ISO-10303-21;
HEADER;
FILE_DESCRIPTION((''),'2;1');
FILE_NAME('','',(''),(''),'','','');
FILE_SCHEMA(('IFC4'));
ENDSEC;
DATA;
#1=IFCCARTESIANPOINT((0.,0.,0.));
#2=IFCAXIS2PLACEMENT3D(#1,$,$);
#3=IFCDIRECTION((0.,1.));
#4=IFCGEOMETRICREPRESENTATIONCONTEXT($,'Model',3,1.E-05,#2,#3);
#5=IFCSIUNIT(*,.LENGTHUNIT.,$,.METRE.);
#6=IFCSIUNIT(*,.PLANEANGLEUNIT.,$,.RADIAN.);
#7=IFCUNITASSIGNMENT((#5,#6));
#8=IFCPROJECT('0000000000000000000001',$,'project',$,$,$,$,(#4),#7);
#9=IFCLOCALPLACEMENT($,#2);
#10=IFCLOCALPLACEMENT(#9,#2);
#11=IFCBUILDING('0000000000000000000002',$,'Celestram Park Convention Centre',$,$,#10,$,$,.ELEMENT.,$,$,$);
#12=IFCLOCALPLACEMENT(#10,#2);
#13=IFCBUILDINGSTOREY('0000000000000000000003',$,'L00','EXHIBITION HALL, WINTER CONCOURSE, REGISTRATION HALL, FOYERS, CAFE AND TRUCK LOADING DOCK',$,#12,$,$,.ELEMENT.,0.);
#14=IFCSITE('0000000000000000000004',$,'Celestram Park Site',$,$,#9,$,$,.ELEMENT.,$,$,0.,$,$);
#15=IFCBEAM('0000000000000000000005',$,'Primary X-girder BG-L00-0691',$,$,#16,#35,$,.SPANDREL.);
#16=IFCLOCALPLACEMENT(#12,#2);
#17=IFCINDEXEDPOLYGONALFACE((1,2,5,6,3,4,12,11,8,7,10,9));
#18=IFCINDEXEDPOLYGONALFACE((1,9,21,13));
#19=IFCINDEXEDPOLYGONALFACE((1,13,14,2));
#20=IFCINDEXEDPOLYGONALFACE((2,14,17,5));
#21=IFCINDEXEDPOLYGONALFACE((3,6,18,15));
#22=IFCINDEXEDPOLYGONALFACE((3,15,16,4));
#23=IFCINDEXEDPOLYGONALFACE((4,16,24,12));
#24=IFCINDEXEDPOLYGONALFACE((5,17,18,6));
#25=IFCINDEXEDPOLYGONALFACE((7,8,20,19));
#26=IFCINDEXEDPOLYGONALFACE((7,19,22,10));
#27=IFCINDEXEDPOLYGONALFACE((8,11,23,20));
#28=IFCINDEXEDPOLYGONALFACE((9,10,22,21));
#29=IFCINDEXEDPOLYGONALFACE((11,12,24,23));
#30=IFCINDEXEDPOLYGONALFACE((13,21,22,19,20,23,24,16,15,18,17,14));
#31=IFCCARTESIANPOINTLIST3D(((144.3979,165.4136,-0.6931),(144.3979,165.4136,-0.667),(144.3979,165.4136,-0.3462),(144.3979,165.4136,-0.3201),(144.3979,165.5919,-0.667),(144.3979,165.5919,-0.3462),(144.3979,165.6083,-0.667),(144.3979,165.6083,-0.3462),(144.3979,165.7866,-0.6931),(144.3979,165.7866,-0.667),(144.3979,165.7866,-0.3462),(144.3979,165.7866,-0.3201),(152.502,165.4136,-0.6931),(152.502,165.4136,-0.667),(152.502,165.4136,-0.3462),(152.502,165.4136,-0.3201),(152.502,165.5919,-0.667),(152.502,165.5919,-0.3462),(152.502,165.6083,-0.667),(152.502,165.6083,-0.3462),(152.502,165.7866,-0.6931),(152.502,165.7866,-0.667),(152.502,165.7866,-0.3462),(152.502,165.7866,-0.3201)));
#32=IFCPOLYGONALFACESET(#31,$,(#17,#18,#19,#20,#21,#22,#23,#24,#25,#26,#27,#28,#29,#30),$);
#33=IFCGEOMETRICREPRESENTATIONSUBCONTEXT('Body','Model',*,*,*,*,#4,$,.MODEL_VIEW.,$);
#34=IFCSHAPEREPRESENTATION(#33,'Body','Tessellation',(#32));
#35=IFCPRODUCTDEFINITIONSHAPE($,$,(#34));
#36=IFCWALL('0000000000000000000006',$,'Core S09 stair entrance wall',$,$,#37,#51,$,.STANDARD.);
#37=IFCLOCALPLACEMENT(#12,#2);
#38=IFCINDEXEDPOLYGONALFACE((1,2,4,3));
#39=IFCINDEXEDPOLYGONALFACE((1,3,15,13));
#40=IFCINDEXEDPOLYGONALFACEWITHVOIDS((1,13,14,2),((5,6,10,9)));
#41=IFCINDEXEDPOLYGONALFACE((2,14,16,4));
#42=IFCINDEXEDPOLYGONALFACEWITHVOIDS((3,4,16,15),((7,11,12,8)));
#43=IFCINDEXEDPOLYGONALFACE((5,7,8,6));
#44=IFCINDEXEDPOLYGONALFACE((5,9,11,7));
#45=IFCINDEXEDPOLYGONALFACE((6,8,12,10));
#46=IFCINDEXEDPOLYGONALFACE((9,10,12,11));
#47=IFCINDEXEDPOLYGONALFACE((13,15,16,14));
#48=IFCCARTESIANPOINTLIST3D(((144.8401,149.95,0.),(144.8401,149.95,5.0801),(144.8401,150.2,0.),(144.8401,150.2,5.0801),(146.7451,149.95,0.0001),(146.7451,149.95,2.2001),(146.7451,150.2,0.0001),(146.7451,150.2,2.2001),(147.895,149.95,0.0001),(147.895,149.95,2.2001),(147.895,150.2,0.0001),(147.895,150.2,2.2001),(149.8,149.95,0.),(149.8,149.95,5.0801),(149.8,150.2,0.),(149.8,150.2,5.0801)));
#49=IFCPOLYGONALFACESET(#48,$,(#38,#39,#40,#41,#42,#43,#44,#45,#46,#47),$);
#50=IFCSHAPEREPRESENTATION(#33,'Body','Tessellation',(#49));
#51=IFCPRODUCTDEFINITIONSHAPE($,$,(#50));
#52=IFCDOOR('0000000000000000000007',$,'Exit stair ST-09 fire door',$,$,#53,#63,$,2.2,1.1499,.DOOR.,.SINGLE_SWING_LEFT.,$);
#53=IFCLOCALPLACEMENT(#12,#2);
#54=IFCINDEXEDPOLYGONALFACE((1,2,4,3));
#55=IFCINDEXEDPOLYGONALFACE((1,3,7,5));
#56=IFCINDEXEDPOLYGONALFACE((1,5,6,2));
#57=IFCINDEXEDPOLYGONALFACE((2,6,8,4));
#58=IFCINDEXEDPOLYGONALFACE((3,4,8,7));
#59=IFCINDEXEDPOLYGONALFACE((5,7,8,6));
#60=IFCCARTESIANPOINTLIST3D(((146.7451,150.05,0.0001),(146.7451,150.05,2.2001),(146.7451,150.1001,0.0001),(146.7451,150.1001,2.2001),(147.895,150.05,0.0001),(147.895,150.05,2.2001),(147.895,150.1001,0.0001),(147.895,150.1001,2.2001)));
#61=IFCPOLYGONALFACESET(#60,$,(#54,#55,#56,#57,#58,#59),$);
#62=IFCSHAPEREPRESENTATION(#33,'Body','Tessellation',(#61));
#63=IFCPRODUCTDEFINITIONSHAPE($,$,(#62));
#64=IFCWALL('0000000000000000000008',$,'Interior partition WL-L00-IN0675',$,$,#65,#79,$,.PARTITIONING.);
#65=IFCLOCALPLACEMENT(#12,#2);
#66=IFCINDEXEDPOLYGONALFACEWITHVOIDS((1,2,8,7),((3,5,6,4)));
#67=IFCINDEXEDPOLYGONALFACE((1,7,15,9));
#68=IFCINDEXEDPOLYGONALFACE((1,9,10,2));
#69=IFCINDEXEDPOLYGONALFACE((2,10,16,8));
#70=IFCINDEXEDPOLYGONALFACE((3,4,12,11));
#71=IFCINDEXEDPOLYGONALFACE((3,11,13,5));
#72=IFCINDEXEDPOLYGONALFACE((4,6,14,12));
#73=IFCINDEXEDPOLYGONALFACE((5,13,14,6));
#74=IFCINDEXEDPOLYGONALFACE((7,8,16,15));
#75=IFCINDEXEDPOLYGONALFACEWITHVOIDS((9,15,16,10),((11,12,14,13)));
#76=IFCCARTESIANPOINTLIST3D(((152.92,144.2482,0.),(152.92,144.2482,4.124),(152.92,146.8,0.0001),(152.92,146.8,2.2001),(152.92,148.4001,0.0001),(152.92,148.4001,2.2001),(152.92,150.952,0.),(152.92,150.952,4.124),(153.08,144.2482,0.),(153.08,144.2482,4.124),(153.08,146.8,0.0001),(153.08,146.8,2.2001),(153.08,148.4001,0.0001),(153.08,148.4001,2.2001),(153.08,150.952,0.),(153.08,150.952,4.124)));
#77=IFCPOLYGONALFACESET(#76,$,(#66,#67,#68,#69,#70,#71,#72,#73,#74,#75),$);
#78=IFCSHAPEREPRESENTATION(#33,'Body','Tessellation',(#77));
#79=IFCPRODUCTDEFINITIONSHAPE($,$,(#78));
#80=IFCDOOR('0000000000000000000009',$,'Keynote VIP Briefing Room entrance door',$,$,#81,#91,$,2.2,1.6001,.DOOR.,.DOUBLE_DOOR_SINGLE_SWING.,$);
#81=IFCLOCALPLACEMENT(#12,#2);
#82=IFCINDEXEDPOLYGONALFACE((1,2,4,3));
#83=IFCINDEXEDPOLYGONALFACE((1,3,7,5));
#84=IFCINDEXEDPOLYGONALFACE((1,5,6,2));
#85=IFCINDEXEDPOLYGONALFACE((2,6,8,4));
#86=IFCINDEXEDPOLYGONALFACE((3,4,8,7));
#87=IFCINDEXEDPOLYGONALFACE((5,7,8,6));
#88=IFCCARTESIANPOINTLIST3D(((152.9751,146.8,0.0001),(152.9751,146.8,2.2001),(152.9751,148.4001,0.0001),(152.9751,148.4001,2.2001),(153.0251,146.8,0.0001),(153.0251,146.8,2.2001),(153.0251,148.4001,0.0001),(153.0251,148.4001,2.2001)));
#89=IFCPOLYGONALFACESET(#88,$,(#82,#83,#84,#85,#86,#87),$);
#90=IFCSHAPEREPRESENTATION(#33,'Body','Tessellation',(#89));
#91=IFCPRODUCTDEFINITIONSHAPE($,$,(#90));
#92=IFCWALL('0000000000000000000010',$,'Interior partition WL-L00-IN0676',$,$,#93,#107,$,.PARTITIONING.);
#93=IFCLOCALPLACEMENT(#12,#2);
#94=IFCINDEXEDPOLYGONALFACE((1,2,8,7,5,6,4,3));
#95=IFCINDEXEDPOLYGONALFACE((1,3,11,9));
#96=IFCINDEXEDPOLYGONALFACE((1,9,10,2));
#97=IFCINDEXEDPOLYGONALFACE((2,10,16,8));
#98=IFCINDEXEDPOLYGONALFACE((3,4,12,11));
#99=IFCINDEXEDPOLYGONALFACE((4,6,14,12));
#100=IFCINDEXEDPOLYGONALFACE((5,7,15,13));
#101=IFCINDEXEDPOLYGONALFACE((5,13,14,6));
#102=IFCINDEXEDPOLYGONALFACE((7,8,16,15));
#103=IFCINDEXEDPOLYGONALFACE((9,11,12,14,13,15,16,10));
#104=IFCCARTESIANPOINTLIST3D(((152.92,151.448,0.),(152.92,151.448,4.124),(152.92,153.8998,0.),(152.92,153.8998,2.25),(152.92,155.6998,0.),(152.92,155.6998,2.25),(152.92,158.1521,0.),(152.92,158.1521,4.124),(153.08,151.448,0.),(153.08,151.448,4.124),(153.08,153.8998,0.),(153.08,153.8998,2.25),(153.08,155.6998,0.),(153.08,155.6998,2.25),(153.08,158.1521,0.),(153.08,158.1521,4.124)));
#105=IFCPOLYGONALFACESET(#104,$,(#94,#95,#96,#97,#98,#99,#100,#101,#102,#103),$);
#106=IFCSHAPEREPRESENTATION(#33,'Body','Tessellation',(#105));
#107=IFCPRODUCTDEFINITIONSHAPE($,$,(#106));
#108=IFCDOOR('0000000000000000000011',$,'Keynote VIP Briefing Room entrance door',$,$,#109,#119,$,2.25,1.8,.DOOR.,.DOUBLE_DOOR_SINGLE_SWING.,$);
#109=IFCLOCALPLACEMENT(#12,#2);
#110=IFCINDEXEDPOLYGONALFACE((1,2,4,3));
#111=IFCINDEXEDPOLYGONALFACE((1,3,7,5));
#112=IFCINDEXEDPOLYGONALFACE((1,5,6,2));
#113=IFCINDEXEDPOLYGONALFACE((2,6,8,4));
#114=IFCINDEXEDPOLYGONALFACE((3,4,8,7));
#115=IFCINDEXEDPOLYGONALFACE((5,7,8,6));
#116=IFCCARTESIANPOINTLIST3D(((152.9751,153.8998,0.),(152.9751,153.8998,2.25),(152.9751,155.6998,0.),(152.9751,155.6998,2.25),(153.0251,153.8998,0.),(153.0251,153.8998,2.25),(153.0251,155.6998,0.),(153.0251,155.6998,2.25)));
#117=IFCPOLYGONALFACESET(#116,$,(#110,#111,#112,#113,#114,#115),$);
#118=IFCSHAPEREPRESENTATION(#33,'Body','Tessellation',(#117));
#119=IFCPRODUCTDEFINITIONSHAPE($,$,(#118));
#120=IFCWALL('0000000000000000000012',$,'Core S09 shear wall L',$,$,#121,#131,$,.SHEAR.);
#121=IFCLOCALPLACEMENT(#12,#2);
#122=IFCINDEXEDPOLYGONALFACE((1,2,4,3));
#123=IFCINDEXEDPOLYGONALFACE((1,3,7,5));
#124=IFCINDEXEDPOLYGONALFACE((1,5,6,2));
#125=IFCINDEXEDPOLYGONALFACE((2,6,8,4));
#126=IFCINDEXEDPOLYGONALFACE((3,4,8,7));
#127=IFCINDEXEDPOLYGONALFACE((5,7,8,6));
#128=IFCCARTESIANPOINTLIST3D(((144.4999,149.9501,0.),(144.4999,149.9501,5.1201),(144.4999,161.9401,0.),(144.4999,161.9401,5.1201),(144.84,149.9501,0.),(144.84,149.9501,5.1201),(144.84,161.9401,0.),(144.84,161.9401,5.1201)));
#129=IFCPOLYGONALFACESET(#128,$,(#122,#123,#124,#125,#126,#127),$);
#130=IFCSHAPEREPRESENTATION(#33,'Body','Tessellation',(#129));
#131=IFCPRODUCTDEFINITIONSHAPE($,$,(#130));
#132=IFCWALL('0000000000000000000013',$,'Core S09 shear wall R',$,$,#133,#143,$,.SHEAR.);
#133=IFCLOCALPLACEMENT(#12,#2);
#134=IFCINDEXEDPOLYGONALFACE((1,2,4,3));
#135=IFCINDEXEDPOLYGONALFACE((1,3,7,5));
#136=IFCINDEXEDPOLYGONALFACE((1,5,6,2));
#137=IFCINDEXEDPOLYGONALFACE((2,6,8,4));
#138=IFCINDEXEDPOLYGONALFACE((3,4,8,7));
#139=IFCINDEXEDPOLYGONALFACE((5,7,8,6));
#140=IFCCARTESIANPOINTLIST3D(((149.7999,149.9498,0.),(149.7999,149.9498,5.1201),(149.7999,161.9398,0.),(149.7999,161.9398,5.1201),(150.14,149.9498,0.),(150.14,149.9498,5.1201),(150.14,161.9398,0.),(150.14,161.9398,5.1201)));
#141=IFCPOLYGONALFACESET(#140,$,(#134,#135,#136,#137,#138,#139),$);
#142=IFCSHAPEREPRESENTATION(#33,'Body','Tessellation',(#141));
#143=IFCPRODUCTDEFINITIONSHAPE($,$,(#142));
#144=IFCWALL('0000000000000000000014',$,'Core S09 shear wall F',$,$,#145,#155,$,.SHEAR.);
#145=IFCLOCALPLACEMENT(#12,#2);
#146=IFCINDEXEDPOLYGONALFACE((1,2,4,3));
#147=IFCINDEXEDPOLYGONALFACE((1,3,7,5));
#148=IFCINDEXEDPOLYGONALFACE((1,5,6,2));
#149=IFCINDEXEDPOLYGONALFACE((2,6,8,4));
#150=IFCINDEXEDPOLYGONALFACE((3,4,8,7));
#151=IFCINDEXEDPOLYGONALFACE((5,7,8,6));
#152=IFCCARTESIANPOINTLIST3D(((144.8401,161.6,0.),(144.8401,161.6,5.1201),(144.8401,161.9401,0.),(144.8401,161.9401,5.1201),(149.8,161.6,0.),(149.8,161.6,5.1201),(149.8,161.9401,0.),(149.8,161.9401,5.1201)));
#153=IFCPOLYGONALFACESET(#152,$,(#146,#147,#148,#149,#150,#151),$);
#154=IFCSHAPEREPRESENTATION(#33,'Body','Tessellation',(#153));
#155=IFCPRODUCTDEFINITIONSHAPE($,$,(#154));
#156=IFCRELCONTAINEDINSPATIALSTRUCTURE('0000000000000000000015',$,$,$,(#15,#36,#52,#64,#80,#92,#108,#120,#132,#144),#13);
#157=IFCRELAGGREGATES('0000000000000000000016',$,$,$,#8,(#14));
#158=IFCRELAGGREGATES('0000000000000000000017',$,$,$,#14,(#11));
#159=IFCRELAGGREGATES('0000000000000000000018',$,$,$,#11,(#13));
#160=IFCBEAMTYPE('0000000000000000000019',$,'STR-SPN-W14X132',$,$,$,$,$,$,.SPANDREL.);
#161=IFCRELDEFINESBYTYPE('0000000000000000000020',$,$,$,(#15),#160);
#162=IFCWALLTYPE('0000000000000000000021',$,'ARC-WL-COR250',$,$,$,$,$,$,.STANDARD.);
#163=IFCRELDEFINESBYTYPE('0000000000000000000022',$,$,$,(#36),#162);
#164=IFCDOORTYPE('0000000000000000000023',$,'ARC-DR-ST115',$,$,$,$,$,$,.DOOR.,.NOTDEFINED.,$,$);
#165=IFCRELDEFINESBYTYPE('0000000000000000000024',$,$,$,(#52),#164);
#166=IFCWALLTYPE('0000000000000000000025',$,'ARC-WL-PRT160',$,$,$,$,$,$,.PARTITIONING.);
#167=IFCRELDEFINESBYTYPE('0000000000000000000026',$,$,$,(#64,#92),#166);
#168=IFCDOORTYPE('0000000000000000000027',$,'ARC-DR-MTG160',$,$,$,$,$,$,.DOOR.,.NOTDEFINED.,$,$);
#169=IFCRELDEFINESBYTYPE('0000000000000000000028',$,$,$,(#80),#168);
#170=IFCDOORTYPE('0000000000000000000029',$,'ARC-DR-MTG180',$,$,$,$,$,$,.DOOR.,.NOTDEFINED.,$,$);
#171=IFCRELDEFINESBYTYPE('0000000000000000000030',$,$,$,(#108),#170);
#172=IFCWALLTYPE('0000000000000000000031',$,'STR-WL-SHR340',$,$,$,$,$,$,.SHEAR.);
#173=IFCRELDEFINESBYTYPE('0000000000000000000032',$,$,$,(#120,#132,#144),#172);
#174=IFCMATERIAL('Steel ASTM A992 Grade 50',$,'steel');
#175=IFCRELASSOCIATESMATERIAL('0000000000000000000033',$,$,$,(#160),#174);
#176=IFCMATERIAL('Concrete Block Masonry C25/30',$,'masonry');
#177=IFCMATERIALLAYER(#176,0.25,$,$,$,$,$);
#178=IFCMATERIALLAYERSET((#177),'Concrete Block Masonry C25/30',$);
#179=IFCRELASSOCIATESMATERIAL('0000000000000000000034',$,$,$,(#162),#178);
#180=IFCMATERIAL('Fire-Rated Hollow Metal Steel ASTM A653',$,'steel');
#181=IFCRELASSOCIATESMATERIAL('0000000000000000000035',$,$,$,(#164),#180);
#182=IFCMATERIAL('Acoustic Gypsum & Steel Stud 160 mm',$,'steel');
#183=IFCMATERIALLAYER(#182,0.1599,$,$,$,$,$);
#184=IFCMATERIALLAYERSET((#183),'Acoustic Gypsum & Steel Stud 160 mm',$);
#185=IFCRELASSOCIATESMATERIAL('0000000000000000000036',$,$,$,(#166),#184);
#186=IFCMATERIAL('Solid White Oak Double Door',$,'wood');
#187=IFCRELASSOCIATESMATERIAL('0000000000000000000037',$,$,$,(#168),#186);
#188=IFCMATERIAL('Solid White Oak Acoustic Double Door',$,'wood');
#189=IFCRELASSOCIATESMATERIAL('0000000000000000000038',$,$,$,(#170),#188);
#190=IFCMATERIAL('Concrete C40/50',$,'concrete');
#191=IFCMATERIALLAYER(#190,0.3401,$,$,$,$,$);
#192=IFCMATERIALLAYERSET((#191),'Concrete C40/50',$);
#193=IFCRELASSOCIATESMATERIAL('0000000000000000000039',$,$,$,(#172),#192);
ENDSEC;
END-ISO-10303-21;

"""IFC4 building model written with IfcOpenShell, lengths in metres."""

from ifc_helpers import new_model, si_unit, direction, frame, frame_2d, origin, origin_2d, place, context, subcontext, project, spatial, rectangle, i_section, extrude, material, layer, layer_set, material_profile, profile_set, type_object, element, fill, save


model = new_model("IFC4")

# Units and contexts
model_context = context("Model", 3, precision=1e-05, world=origin(), true_north=direction((0.0, 1.0)))
body_context = subcontext(model_context, "Body", "Model", "MODEL_VIEW")
ifc_project = project(units=[si_unit("LENGTHUNIT", "METRE"), si_unit("PLANEANGLEUNIT", "RADIAN")], contexts=[model_context])

# Site, building, storey
site_placement = place(None, origin())
site = spatial("IfcSite", under=ifc_project, at=site_placement, Name="Celestram Park Site", CompositionType="ELEMENT", RefElevation=0.0)
building_placement = place(site_placement, origin())
building = spatial("IfcBuilding", under=site, at=building_placement, Name="Celestram Park Convention Centre", CompositionType="ELEMENT")
storey_placement = place(building_placement, origin())
storey = spatial("IfcBuildingStorey", under=building, at=storey_placement, Name="L00", Description="EXHIBITION HALL, WINTER CONCOURSE, REGISTRATION HALL, FOYERS, CAFE AND TRUCK LOADING DOCK", CompositionType="ELEMENT", Elevation=0.0)

# Shared definitions
ifc_material_1 = material(Name="Concrete C40/50", Category="concrete")

# Beam
ifc_material_2 = material(Name="Steel ASTM A992 Grade 50", Category="steel")
ifc_material_profile_1 = material_profile(ifc_material_2, i_section(OverallWidth=0.373, OverallDepth=0.373, WebThickness=0.0164, FlangeThickness=0.0261, at=origin_2d()), Name="W14X132")
ifc_profile_set_1 = profile_set([ifc_material_profile_1], Name="Steel ASTM A992 Grade 50")
beam_type_1 = type_object("IfcBeamType", Name="STR-SPN-W14X132", PredefinedType="SPANDREL", material=ifc_profile_set_1)
beam_1_placement = place(storey_placement, frame((144.3979, 165.6001, -0.5066), z_axis=(1.0, 0.0, 0.0), x_axis=(0.0, 1.0, 0.0)))
element("IfcBeam", 1, at=beam_1_placement, inside=storey, type_object=beam_type_1, Name="Primary X-girder BG-L00-0691", PredefinedType="SPANDREL", context=body_context, shape_type="SweptSolid", body=[
    extrude(i_section(OverallWidth=0.373, OverallDepth=0.373, WebThickness=0.0164, FlangeThickness=0.0261, at=origin_2d()), origin(), (0.0, 0.0, 1.0), 8.104),
])

# Walls, openings, doors
ifc_material_3 = material(Name="Concrete Block Masonry C25/30", Category="masonry")
ifc_layer_1 = layer(ifc_material_3, 0.25)
ifc_layer_set_1 = layer_set([ifc_layer_1], Name="Concrete Block Masonry C25/30")
wall_type_1 = type_object("IfcWallType", Name="ARC-WL-COR250", PredefinedType="STANDARD", material=ifc_layer_set_1)
wall_1_placement = place(storey_placement, frame((149.8, 150.075, 0.0), z_axis=(0.0, 0.0, 1.0), x_axis=(-1.0, 0.0, 0.0)))
wall_1 = element("IfcWall", 2, at=wall_1_placement, inside=storey, type_object=wall_type_1, Name="Core S09 stair entrance wall", PredefinedType="STANDARD", context=body_context, shape_type="SweptSolid", body=[
    extrude(rectangle(XDim=4.96, YDim=0.25, at=frame_2d((2.48, 0.0))), origin(), (0.0, 0.0, 1.0), 5.0801),
])
opening_1_placement = place(wall_1_placement, frame((1.905, 0.0, 0.0)))
opening_1 = element("IfcOpeningElement", 3, at=opening_1_placement, cuts=wall_1, PredefinedType="OPENING", context=body_context, shape_type="SweptSolid", body=[
    extrude(rectangle(XDim=1.1499, YDim=2.2, at=frame_2d((0.575, 1.1001))), frame((0.0, 0.135, 0.0), z_axis=(0.0, -1.0, 0.0), x_axis=(1.0, 0.0, 0.0)), (0.0, 0.0, 1.0), 0.27),
])
ifc_material_4 = material(Name="Fire-Rated Hollow Metal Steel ASTM A653", Category="steel")
door_type_1 = type_object("IfcDoorType", Name="ARC-DR-ST115", OperationType="NOTDEFINED", PredefinedType="DOOR", material=ifc_material_4)
door_1_placement = place(opening_1_placement, origin())
door_1 = element("IfcDoor", 4, at=door_1_placement, inside=storey, type_object=door_type_1, Name="Exit stair ST-09 fire door", OperationType="SINGLE_SWING_LEFT", OverallHeight=2.2, OverallWidth=1.1499, PredefinedType="DOOR", context=body_context, shape_type="SweptSolid", body=[
    extrude(rectangle(XDim=1.1499, YDim=2.2, at=frame_2d((0.575, 1.1001))), frame((0.0, 0.0249, 0.0), z_axis=(0.0, -1.0, 0.0), x_axis=(1.0, 0.0, 0.0)), (0.0, 0.0, 1.0), 0.05),
])
fill(opening_1, door_1)
ifc_material_5 = material(Name="Acoustic Gypsum & Steel Stud 160 mm", Category="steel")
ifc_layer_2 = layer(ifc_material_5, 0.1599)
ifc_layer_set_2 = layer_set([ifc_layer_2], Name="Acoustic Gypsum & Steel Stud 160 mm")
wall_type_2 = type_object("IfcWallType", Name="ARC-WL-PRT160", PredefinedType="PARTITIONING", material=ifc_layer_set_2)
wall_2_placement = place(storey_placement, frame((153.0, 144.248, 0.0), z_axis=(0.0, 0.0, 1.0), x_axis=(0.0, 1.0, 0.0)))
wall_2 = element("IfcWall", 5, at=wall_2_placement, inside=storey, type_object=wall_type_2, Name="Interior partition WL-L00-IN0675", PredefinedType="PARTITIONING", context=body_context, shape_type="SweptSolid", body=[
    extrude(rectangle(XDim=6.7039, YDim=0.1599, at=frame_2d((3.3521, 0.0))), origin(), (0.0, 0.0, 1.0), 4.124),
])
opening_2_placement = place(wall_2_placement, frame((2.552, 0.0, 0.0)))
opening_2 = element("IfcOpeningElement", 6, at=opening_2_placement, cuts=wall_2, PredefinedType="OPENING", context=body_context, shape_type="SweptSolid", body=[
    extrude(rectangle(XDim=1.6001, YDim=2.2, at=frame_2d((0.8, 1.1001))), frame((0.0, 0.0898, 0.0), z_axis=(0.0, -1.0, 0.0), x_axis=(1.0, 0.0, 0.0)), (0.0, 0.0, 1.0), 0.1799),
])
ifc_material_6 = material(Name="Solid White Oak Double Door", Category="wood")
door_type_2 = type_object("IfcDoorType", Name="ARC-DR-MTG160", OperationType="NOTDEFINED", PredefinedType="DOOR", material=ifc_material_6)
door_2_placement = place(opening_2_placement, origin())
door_2 = element("IfcDoor", 7, at=door_2_placement, inside=storey, type_object=door_type_2, Name="Keynote VIP Briefing Room entrance door", OperationType="DOUBLE_DOOR_SINGLE_SWING", OverallHeight=2.2, OverallWidth=1.6001, PredefinedType="DOOR", context=body_context, shape_type="SweptSolid", body=[
    extrude(rectangle(XDim=1.6001, YDim=2.2, at=frame_2d((0.8, 1.1001))), frame((0.0, 0.0249, 0.0), z_axis=(0.0, -1.0, 0.0), x_axis=(1.0, 0.0, 0.0)), (0.0, 0.0, 1.0), 0.05),
])
fill(opening_2, door_2)
wall_3_placement = place(storey_placement, frame((153.0, 151.448, 0.0), z_axis=(0.0, 0.0, 1.0), x_axis=(0.0, 1.0, 0.0)))
wall_3 = element("IfcWall", 8, at=wall_3_placement, inside=storey, type_object=wall_type_2, Name="Interior partition WL-L00-IN0676", PredefinedType="PARTITIONING", context=body_context, shape_type="SweptSolid", body=[
    extrude(rectangle(XDim=6.7041, YDim=0.1599, at=frame_2d((3.3521, 0.0))), origin(), (0.0, 0.0, 1.0), 4.124),
])
opening_3_placement = place(wall_3_placement, frame((2.4519, 0.0, 0.0)))
opening_3 = element("IfcOpeningElement", 9, at=opening_3_placement, cuts=wall_3, PredefinedType="OPENING", context=body_context, shape_type="SweptSolid", body=[
    extrude(rectangle(XDim=1.8, YDim=2.25, at=frame_2d((0.8999, 1.125))), frame((0.0, 0.0898, 0.0), z_axis=(0.0, -1.0, 0.0), x_axis=(1.0, 0.0, 0.0)), (0.0, 0.0, 1.0), 0.1799),
])
ifc_material_7 = material(Name="Solid White Oak Acoustic Double Door", Category="wood")
door_type_3 = type_object("IfcDoorType", Name="ARC-DR-MTG180", OperationType="NOTDEFINED", PredefinedType="DOOR", material=ifc_material_7)
door_3_placement = place(opening_3_placement, origin())
door_3 = element("IfcDoor", 10, at=door_3_placement, inside=storey, type_object=door_type_3, Name="Keynote VIP Briefing Room entrance door", OperationType="DOUBLE_DOOR_SINGLE_SWING", OverallHeight=2.25, OverallWidth=1.8, PredefinedType="DOOR", context=body_context, shape_type="SweptSolid", body=[
    extrude(rectangle(XDim=1.8, YDim=2.25, at=frame_2d((0.8999, 1.125))), frame((0.0, 0.0249, 0.0), z_axis=(0.0, -1.0, 0.0), x_axis=(1.0, 0.0, 0.0)), (0.0, 0.0, 1.0), 0.05),
])
fill(opening_3, door_3)

# Walls
ifc_layer_3 = layer(ifc_material_1, 0.3401)
ifc_layer_set_3 = layer_set([ifc_layer_3], Name="Concrete C40/50")
wall_type_3 = type_object("IfcWallType", Name="STR-WL-SHR340", PredefinedType="SHEAR", material=ifc_layer_set_3)
for number, where, z_axis, x_axis, name in (
    (11, (144.6699, 149.95, 0.0), (0.0, 0.0, 1.0), (0.0, 1.0, 0.0), "Core S09 shear wall L"),
    (12, (149.97, 161.9399, 0.0), (0.0, 0.0, 1.0), (0.0, -1.0, 0.0), "Core S09 shear wall R"),
):
    element("IfcWall", number, at=place(storey_placement, frame(where, z_axis=z_axis, x_axis=x_axis)), inside=storey, type_object=wall_type_3, Name=name, PredefinedType="SHEAR", context=body_context, shape_type="SweptSolid", body=[
        extrude(rectangle(XDim=11.99, YDim=0.3401, at=frame_2d((5.9951, 0.0))), origin(), (0.0, 0.0, 1.0), 5.1201),
    ])
wall_4_placement = place(storey_placement, frame((144.8401, 161.77, 0.0), z_axis=(0.0, 0.0, 1.0), x_axis=(1.0, 0.0, 0.0)))
element("IfcWall", 13, at=wall_4_placement, inside=storey, type_object=wall_type_3, Name="Core S09 shear wall F", PredefinedType="SHEAR", context=body_context, shape_type="SweptSolid", body=[
    extrude(rectangle(XDim=4.96, YDim=0.3401, at=frame_2d((2.48, 0.0))), origin(), (0.0, 0.0, 1.0), 5.1201),
])

save(model, "model.ifc")
